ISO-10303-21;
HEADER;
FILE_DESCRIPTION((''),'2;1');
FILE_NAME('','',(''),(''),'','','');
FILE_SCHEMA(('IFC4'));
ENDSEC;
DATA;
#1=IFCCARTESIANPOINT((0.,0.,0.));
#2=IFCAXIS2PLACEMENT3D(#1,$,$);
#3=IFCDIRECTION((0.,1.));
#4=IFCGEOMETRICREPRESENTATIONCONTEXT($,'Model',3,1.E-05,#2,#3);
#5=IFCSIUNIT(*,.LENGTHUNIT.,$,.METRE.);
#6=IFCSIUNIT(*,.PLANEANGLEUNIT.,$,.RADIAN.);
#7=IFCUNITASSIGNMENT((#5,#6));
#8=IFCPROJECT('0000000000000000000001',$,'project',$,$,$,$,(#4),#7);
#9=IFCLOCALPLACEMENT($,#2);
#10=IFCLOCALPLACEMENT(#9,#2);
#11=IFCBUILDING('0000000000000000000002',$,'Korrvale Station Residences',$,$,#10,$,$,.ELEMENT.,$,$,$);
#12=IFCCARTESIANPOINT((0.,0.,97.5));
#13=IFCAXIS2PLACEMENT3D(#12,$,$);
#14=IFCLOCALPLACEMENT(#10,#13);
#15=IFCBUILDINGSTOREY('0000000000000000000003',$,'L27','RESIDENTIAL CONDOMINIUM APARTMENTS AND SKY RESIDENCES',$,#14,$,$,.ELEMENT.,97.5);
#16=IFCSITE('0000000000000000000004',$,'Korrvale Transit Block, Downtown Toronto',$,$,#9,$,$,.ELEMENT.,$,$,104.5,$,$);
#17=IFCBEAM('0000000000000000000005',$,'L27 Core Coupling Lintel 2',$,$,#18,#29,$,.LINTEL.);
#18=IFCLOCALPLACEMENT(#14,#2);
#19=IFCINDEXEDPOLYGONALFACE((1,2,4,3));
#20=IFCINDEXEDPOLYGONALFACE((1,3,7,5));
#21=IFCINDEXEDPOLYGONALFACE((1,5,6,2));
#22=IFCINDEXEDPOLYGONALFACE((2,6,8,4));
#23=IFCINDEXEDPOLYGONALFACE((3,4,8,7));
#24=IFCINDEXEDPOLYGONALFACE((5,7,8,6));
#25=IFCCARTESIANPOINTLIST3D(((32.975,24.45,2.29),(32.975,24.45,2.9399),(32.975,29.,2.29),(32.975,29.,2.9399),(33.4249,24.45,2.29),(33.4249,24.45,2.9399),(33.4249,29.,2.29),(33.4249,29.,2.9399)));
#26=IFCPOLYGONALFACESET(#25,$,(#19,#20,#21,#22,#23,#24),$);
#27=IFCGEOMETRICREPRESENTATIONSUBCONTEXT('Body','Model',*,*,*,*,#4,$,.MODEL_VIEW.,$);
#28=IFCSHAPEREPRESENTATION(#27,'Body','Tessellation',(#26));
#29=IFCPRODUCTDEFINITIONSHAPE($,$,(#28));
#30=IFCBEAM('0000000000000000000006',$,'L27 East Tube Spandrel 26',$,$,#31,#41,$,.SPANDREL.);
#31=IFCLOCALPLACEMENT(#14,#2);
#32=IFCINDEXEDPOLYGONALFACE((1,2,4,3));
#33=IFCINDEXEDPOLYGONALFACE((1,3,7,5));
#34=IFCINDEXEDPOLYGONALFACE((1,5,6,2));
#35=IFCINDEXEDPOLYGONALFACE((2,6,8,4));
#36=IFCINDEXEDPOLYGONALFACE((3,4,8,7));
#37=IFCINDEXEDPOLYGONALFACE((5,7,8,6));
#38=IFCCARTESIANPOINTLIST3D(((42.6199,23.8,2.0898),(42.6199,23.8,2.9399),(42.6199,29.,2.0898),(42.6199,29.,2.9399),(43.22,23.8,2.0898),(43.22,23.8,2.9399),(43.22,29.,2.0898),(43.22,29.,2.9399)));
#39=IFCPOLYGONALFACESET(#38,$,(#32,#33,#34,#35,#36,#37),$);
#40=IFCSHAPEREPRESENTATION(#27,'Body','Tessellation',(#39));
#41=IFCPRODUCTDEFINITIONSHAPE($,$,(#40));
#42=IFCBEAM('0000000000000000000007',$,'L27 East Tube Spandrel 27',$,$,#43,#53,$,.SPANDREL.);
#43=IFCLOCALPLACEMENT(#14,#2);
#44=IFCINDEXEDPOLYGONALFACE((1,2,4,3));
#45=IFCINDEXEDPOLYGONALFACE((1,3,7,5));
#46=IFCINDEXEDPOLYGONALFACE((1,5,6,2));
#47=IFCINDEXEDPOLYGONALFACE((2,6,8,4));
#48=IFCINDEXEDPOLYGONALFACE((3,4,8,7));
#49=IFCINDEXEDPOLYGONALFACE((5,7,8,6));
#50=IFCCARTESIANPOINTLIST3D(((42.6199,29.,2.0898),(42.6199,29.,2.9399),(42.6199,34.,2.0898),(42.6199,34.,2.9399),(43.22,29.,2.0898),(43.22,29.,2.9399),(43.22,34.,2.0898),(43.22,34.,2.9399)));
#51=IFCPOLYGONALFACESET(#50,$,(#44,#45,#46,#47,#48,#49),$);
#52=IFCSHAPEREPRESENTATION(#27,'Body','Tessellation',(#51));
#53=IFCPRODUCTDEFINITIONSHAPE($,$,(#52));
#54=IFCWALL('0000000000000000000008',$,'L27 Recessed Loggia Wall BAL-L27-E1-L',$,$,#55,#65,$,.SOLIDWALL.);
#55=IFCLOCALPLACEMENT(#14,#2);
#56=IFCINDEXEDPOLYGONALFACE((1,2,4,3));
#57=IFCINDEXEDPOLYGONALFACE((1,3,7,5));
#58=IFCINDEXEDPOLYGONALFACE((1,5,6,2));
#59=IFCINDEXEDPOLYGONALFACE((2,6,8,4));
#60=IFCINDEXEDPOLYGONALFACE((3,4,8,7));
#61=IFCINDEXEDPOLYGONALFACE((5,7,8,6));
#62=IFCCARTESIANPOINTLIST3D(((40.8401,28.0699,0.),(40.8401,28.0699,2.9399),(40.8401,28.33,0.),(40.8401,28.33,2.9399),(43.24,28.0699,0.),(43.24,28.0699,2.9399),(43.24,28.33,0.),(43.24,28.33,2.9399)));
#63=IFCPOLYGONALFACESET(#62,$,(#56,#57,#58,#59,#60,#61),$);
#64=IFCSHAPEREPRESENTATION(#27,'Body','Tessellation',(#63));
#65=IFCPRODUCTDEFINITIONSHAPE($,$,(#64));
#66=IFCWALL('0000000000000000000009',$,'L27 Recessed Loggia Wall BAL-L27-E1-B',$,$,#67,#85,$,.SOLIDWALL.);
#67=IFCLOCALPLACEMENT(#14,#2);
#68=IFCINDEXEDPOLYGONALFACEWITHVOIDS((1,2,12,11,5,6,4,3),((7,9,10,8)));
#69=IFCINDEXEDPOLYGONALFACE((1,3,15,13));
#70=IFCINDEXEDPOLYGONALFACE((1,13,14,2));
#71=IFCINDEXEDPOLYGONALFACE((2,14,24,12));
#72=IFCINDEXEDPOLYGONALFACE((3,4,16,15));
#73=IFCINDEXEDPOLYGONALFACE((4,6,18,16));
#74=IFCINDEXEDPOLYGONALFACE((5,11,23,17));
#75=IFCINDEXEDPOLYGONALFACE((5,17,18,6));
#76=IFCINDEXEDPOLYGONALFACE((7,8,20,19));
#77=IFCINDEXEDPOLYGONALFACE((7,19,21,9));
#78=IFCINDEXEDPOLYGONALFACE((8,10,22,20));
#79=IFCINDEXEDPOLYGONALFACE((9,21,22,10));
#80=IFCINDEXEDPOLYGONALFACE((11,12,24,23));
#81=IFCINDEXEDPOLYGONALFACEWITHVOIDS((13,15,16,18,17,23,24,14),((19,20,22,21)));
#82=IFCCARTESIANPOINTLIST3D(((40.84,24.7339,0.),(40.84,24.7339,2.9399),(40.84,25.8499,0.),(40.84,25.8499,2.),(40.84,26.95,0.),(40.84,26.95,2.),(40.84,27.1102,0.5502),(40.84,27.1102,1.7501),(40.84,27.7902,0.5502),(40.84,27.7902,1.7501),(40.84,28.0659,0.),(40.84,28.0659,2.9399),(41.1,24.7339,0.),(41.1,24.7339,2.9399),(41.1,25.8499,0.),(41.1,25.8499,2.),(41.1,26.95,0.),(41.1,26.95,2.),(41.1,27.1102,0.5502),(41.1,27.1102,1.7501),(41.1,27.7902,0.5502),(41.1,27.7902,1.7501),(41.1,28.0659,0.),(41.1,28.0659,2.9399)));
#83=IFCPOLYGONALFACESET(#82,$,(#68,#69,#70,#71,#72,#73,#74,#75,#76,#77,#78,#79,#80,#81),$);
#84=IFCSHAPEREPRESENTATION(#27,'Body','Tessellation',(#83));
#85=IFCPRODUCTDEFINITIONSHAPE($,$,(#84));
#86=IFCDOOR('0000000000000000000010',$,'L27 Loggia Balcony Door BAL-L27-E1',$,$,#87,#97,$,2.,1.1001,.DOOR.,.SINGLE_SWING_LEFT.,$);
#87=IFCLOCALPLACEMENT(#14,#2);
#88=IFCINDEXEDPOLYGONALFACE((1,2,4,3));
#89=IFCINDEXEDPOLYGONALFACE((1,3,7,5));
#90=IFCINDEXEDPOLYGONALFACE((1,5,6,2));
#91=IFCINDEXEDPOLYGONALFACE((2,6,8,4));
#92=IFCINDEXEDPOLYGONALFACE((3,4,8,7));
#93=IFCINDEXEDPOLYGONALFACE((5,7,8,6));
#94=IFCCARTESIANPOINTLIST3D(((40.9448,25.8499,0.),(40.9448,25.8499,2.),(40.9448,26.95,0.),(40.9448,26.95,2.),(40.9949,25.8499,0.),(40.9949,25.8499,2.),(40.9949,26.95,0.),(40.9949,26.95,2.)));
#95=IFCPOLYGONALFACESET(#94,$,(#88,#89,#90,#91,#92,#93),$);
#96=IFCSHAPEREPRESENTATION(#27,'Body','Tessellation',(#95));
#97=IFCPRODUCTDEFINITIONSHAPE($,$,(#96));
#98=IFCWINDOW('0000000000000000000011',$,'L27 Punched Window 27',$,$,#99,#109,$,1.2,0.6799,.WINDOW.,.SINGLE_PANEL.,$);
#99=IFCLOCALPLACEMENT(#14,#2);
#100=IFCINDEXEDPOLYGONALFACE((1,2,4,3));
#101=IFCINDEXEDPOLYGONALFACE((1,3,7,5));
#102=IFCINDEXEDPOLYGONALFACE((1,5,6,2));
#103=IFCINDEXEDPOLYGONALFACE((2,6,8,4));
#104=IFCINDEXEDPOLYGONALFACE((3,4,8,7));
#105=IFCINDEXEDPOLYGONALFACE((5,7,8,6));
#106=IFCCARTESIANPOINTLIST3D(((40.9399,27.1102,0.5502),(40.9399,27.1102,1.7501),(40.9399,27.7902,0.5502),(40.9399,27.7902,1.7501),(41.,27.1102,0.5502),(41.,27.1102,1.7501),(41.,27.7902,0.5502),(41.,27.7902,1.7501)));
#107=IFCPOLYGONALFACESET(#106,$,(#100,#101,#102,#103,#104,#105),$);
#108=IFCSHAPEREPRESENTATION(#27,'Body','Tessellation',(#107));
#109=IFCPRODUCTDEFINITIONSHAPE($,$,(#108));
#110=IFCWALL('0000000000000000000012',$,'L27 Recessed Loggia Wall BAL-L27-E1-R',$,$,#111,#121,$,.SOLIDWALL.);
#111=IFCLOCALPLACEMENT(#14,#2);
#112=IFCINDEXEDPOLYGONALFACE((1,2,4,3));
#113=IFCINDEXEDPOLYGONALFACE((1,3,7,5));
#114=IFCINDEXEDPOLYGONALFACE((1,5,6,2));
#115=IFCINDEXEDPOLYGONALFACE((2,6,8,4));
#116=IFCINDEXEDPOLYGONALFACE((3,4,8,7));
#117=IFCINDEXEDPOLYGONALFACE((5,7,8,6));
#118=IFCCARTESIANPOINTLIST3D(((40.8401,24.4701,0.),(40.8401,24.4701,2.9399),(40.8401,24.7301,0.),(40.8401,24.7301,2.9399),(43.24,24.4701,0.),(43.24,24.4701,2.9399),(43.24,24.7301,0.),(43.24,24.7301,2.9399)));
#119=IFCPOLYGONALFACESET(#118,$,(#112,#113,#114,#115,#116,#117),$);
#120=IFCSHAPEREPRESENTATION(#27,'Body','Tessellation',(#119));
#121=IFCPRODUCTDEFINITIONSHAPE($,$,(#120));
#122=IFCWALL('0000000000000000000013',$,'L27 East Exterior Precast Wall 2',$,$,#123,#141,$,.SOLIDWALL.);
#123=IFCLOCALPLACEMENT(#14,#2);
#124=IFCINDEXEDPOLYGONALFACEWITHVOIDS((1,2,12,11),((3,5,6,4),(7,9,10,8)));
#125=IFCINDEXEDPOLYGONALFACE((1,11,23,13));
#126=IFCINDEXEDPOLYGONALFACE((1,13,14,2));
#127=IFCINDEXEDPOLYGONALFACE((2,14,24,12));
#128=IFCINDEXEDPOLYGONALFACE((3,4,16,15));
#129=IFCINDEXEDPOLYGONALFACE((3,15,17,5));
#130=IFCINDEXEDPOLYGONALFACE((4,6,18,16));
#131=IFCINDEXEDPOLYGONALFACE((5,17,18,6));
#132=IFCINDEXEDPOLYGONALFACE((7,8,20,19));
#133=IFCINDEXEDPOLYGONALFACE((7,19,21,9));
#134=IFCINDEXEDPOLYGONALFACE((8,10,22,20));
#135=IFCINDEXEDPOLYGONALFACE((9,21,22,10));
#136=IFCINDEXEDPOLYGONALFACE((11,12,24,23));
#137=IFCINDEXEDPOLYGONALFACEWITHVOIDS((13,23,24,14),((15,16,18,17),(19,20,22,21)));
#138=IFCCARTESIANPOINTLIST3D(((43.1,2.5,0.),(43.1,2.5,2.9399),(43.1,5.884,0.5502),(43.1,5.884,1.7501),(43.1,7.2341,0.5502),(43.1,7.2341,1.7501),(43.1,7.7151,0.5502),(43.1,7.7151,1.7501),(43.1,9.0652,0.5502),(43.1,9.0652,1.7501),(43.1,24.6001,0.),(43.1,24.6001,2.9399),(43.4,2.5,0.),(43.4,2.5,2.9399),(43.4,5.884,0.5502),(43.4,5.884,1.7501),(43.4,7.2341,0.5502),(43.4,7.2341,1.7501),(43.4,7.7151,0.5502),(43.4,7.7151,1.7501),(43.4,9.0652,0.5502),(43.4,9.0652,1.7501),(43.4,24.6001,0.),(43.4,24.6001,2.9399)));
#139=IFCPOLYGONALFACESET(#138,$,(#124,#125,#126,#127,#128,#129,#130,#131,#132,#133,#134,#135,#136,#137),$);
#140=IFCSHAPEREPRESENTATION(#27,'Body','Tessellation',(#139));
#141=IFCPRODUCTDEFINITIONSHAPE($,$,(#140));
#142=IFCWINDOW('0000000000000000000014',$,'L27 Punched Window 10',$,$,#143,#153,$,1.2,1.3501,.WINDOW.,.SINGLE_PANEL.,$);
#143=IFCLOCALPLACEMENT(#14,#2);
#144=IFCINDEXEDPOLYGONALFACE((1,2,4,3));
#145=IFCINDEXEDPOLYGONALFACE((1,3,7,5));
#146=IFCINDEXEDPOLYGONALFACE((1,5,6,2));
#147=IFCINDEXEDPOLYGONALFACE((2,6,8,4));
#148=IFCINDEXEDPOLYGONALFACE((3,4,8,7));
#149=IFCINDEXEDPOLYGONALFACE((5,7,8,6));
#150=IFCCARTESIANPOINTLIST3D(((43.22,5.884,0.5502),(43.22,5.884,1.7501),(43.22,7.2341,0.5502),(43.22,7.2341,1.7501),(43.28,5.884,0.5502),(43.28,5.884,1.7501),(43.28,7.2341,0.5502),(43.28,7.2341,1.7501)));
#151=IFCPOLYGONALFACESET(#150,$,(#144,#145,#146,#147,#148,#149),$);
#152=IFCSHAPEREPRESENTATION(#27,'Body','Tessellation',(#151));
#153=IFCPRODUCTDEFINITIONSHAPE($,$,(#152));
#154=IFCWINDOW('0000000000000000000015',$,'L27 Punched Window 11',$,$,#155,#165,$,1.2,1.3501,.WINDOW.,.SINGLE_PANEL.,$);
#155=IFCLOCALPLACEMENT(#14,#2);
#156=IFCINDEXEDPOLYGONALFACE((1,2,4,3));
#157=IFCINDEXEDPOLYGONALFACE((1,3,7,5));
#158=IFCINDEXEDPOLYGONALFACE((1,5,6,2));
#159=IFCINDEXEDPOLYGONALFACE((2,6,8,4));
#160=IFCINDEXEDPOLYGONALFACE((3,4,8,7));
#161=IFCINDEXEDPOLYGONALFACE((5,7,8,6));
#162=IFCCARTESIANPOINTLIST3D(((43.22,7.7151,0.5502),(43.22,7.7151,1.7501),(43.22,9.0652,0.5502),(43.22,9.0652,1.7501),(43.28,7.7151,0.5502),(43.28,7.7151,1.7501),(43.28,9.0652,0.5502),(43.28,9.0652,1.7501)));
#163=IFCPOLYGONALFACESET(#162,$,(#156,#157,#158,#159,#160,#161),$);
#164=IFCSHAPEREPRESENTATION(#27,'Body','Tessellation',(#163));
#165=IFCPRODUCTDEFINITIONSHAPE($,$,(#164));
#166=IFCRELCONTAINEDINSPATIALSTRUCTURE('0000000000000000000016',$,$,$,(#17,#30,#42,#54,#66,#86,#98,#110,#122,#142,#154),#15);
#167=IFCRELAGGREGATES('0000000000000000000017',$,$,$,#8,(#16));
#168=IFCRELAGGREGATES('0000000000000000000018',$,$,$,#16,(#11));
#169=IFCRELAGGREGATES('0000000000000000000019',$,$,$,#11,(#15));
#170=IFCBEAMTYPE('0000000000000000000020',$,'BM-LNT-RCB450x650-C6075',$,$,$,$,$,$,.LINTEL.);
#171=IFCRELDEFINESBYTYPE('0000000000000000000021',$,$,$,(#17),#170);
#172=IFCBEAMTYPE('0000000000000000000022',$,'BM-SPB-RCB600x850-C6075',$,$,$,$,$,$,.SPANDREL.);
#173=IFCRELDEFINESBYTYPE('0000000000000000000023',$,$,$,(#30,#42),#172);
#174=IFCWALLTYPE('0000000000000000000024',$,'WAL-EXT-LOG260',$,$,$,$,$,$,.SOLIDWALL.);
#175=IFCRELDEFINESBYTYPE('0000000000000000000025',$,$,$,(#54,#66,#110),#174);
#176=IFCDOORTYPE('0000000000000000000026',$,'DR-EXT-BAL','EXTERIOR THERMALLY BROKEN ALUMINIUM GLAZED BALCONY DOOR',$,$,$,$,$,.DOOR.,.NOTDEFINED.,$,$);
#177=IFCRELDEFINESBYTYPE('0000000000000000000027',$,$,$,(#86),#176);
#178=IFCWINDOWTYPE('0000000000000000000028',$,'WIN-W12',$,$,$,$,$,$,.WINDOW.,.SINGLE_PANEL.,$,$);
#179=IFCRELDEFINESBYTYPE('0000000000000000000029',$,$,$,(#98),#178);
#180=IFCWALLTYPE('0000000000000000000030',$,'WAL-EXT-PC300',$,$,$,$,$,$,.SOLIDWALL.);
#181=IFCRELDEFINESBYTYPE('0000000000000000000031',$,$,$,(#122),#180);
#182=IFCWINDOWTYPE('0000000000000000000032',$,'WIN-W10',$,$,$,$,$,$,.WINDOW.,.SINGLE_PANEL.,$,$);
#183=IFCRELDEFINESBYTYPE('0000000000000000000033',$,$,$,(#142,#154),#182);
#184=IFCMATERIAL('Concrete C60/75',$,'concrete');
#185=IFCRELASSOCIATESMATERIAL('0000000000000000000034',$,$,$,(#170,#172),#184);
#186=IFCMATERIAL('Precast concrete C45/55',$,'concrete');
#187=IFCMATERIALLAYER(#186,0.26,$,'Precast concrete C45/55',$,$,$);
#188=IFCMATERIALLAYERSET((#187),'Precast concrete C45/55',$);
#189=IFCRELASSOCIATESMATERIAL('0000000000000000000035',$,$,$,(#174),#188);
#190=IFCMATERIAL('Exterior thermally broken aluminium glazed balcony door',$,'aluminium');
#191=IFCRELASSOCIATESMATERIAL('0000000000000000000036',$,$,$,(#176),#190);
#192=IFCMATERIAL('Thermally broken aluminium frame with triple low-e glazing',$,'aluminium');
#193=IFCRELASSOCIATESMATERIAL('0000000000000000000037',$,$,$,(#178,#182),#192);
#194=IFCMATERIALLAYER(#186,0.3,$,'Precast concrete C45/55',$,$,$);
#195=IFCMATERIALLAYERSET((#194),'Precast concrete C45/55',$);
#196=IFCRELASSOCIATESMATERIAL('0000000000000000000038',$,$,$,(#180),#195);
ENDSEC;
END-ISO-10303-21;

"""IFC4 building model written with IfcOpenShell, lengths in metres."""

from ifc_helpers import new_model, si_unit, direction, frame, frame_2d, origin, origin_2d, place, context, subcontext, project, spatial, rectangle, extrude, material, layer, layer_set, material_profile, profile_set, type_object, element, fill, save


model = new_model("IFC4")

# Units and contexts
model_context = context("Model", 3, precision=1e-05, world=origin(), true_north=direction((0.0, 1.0)))
body_context = subcontext(model_context, "Body", "Model", "MODEL_VIEW")
ifc_project = project(units=[si_unit("LENGTHUNIT", "METRE"), si_unit("PLANEANGLEUNIT", "RADIAN")], contexts=[model_context])

# Site, building, storey
site_placement = place(None, origin())
site = spatial("IfcSite", under=ifc_project, at=site_placement, Name="Korrvale Transit Block, Downtown Toronto", CompositionType="ELEMENT", RefElevation=104.5)
building_placement = place(site_placement, origin())
building = spatial("IfcBuilding", under=site, at=building_placement, Name="Korrvale Station Residences", CompositionType="ELEMENT")
storey_placement = place(building_placement, frame((0.0, 0.0, 97.5)))
storey = spatial("IfcBuildingStorey", under=building, at=storey_placement, Name="L27", Description="RESIDENTIAL CONDOMINIUM APARTMENTS AND SKY RESIDENCES", CompositionType="ELEMENT", Elevation=97.5)

# Shared definitions
ifc_material_1 = material(Name="Concrete C60/75", Category="concrete")

# Beams
ifc_material_profile_1 = material_profile(ifc_material_1, rectangle(XDim=0.45, YDim=0.6499, at=origin_2d()), Name="RCB450x650")
ifc_profile_set_1 = profile_set([ifc_material_profile_1], Name="Concrete C60/75")
beam_type_1 = type_object("IfcBeamType", Name="BM-LNT-RCB450x650-C6075", PredefinedType="LINTEL", material=ifc_profile_set_1)
beam_1_placement = place(storey_placement, frame((33.2, 24.45, 2.615), z_axis=(0.0, 1.0, 0.0), x_axis=(-1.0, 0.0, 0.0)))
element("IfcBeam", 1, at=beam_1_placement, inside=storey, type_object=beam_type_1, Name="L27 Core Coupling Lintel 2", PredefinedType="LINTEL", context=body_context, shape_type="SweptSolid", body=[
    extrude(rectangle(XDim=0.45, YDim=0.6499, at=origin_2d()), origin(), (0.0, 0.0, 1.0), 4.55),
])
ifc_material_profile_2 = material_profile(ifc_material_1, rectangle(XDim=0.6001, YDim=0.8501, at=origin_2d()), Name="RCB600x850")
ifc_profile_set_2 = profile_set([ifc_material_profile_2], Name="Concrete C60/75")
beam_type_2 = type_object("IfcBeamType", Name="BM-SPB-RCB600x850-C6075", PredefinedType="SPANDREL", material=ifc_profile_set_2)
beam_2_placement = place(storey_placement, frame((42.9199, 23.8, 2.5149), z_axis=(0.0, 1.0, 0.0), x_axis=(-1.0, 0.0, 0.0)))
element("IfcBeam", 2, at=beam_2_placement, inside=storey, type_object=beam_type_2, Name="L27 East Tube Spandrel 26", PredefinedType="SPANDREL", context=body_context, shape_type="SweptSolid", body=[
    extrude(rectangle(XDim=0.6001, YDim=0.8501, at=origin_2d()), origin(), (0.0, 0.0, 1.0), 5.2),
])
beam_3_placement = place(storey_placement, frame((42.9199, 29.0, 2.5149), z_axis=(0.0, 1.0, 0.0), x_axis=(-1.0, 0.0, 0.0)))
element("IfcBeam", 3, at=beam_3_placement, inside=storey, type_object=beam_type_2, Name="L27 East Tube Spandrel 27", PredefinedType="SPANDREL", context=body_context, shape_type="SweptSolid", body=[
    extrude(rectangle(XDim=0.6001, YDim=0.8501, at=origin_2d()), origin(), (0.0, 0.0, 1.0), 5.0),
])

# Wall
ifc_material_2 = material(Name="Precast concrete C45/55", Category="concrete")
ifc_layer_1 = layer(ifc_material_2, 0.26, Name="Precast concrete C45/55")
ifc_layer_set_1 = layer_set([ifc_layer_1], Name="Precast concrete C45/55")
wall_type_1 = type_object("IfcWallType", Name="WAL-EXT-LOG260", PredefinedType="SOLIDWALL", material=ifc_layer_set_1)
wall_1_placement = place(storey_placement, frame((43.24, 28.2, 0.0), z_axis=(0.0, 0.0, 1.0), x_axis=(-1.0, 0.0, 0.0)))
element("IfcWall", 4, at=wall_1_placement, inside=storey, type_object=wall_type_1, Name="L27 Recessed Loggia Wall BAL-L27-E1-L", PredefinedType="SOLIDWALL", context=body_context, shape_type="SweptSolid", body=[
    extrude(rectangle(XDim=2.3999, YDim=0.26, at=frame_2d((1.2, 0.0))), origin(), (0.0, 0.0, 1.0), 2.9399),
])

# Wall, openings, door, window
wall_2_placement = place(storey_placement, frame((40.97, 28.0659, 0.0), z_axis=(0.0, 0.0, 1.0), x_axis=(0.0, -1.0, 0.0)))
wall_2 = element("IfcWall", 5, at=wall_2_placement, inside=storey, type_object=wall_type_1, Name="L27 Recessed Loggia Wall BAL-L27-E1-B", PredefinedType="SOLIDWALL", context=body_context, shape_type="SweptSolid", body=[
    extrude(rectangle(XDim=3.332, YDim=0.26, at=frame_2d((1.666, 0.0))), origin(), (0.0, 0.0, 1.0), 2.9399),
])
opening_1_placement = place(wall_2_placement, frame((1.116, 0.0, 0.0)))
opening_1 = element("IfcOpeningElement", 6, at=opening_1_placement, cuts=wall_2, PredefinedType="OPENING", context=body_context, shape_type="SweptSolid", body=[
    extrude(rectangle(XDim=1.1001, YDim=2.0, at=frame_2d((0.55, 1.0))), frame((0.0, 0.1401, 0.0), z_axis=(0.0, -1.0, 0.0), x_axis=(1.0, 0.0, 0.0)), (0.0, 0.0, 1.0), 0.28),
])
opening_2_placement = place(wall_2_placement, frame((0.2759, 0.0, 0.55)))
opening_2 = element("IfcOpeningElement", 7, at=opening_2_placement, cuts=wall_2, PredefinedType="OPENING", context=body_context, shape_type="SweptSolid", body=[
    extrude(rectangle(XDim=0.6799, YDim=1.2, at=frame_2d((0.3398, 0.6001))), frame((0.0, 0.1401, 0.0), z_axis=(0.0, -1.0, 0.0), x_axis=(1.0, 0.0, 0.0)), (0.0, 0.0, 1.0), 0.28),
])
ifc_material_3 = material(Name="Exterior thermally broken aluminium glazed balcony door", Category="aluminium")
door_type_1 = type_object("IfcDoorType", Name="DR-EXT-BAL", Description="EXTERIOR THERMALLY BROKEN ALUMINIUM GLAZED BALCONY DOOR", OperationType="NOTDEFINED", PredefinedType="DOOR", material=ifc_material_3)
door_1_placement = place(opening_1_placement, origin())
door_1 = element("IfcDoor", 8, at=door_1_placement, inside=storey, type_object=door_type_1, Name="L27 Loggia Balcony Door BAL-L27-E1", OperationType="SINGLE_SWING_LEFT", OverallHeight=2.0, OverallWidth=1.1001, PredefinedType="DOOR", context=body_context, shape_type="SweptSolid", body=[
    extrude(rectangle(XDim=1.1001, YDim=2.0, at=frame_2d((0.55, 1.0))), frame((0.0, 0.0249, 0.0), z_axis=(0.0, -1.0, 0.0), x_axis=(1.0, 0.0, 0.0)), (0.0, 0.0, 1.0), 0.05),
])
fill(opening_1, door_1)
ifc_material_4 = material(Name="Thermally broken aluminium frame with triple low-e glazing", Category="aluminium")
window_type_1 = type_object("IfcWindowType", Name="WIN-W12", PartitioningType="SINGLE_PANEL", PredefinedType="WINDOW", material=ifc_material_4)
window_1_placement = place(opening_2_placement, origin())
window_1 = element("IfcWindow", 9, at=window_1_placement, inside=storey, type_object=window_type_1, Name="L27 Punched Window 27", OverallHeight=1.2, OverallWidth=0.6799, PartitioningType="SINGLE_PANEL", PredefinedType="WINDOW", context=body_context, shape_type="SweptSolid", body=[
    extrude(rectangle(XDim=0.6799, YDim=1.2, at=frame_2d((0.3398, 0.6001))), frame((0.0, 0.03, 0.0), z_axis=(0.0, -1.0, 0.0), x_axis=(1.0, 0.0, 0.0)), (0.0, 0.0, 1.0), 0.0601),
])
fill(opening_2, window_1)

# Wall
wall_3_placement = place(storey_placement, frame((40.8401, 24.6001, 0.0), z_axis=(0.0, 0.0, 1.0), x_axis=(1.0, 0.0, 0.0)))
element("IfcWall", 10, at=wall_3_placement, inside=storey, type_object=wall_type_1, Name="L27 Recessed Loggia Wall BAL-L27-E1-R", PredefinedType="SOLIDWALL", context=body_context, shape_type="SweptSolid", body=[
    extrude(rectangle(XDim=2.3999, YDim=0.26, at=frame_2d((1.2, 0.0))), origin(), (0.0, 0.0, 1.0), 2.9399),
])

# Wall, openings, windows
ifc_layer_2 = layer(ifc_material_2, 0.3, Name="Precast concrete C45/55")
ifc_layer_set_2 = layer_set([ifc_layer_2], Name="Precast concrete C45/55")
wall_type_2 = type_object("IfcWallType", Name="WAL-EXT-PC300", PredefinedType="SOLIDWALL", material=ifc_layer_set_2)
wall_4_placement = place(storey_placement, frame((43.25, 24.6001, 0.0), z_axis=(0.0, 0.0, 1.0), x_axis=(0.0, -1.0, 0.0)))
wall_4 = element("IfcWall", 11, at=wall_4_placement, inside=storey, type_object=wall_type_2, Name="L27 East Exterior Precast Wall 2", PredefinedType="SOLIDWALL", context=body_context, shape_type="SweptSolid", body=[
    extrude(rectangle(XDim=22.1001, YDim=0.3, at=frame_2d((11.05, 0.0))), origin(), (0.0, 0.0, 1.0), 2.9399),
])
opening_3_placement = place(wall_4_placement, frame((17.366, 0.0, 0.55)))
opening_3 = element("IfcOpeningElement", 12, at=opening_3_placement, cuts=wall_4, PredefinedType="OPENING", context=body_context, shape_type="SweptSolid", body=[
    extrude(rectangle(XDim=1.3501, YDim=1.2, at=frame_2d((0.675, 0.6001))), frame((0.0, 0.1602, 0.0), z_axis=(0.0, -1.0, 0.0), x_axis=(1.0, 0.0, 0.0)), (0.0, 0.0, 1.0), 0.3201),
])
opening_4_placement = place(wall_4_placement, frame((15.5349, 0.0, 0.55)))
opening_4 = element("IfcOpeningElement", 13, at=opening_4_placement, cuts=wall_4, PredefinedType="OPENING", context=body_context, shape_type="SweptSolid", body=[
    extrude(rectangle(XDim=1.3501, YDim=1.2, at=frame_2d((0.675, 0.6001))), frame((0.0, 0.1602, 0.0), z_axis=(0.0, -1.0, 0.0), x_axis=(1.0, 0.0, 0.0)), (0.0, 0.0, 1.0), 0.3201),
])
window_type_2 = type_object("IfcWindowType", Name="WIN-W10", PartitioningType="SINGLE_PANEL", PredefinedType="WINDOW", material=ifc_material_4)
window_2_placement = place(opening_3_placement, origin())
window_2 = element("IfcWindow", 14, at=window_2_placement, inside=storey, type_object=window_type_2, Name="L27 Punched Window 10", OverallHeight=1.2, OverallWidth=1.3501, PartitioningType="SINGLE_PANEL", PredefinedType="WINDOW", context=body_context, shape_type="SweptSolid", body=[
    extrude(rectangle(XDim=1.3501, YDim=1.2, at=frame_2d((0.675, 0.6001))), frame((0.0, 0.03, 0.0), z_axis=(0.0, -1.0, 0.0), x_axis=(1.0, 0.0, 0.0)), (0.0, 0.0, 1.0), 0.0601),
])
fill(opening_3, window_2)
window_3_placement = place(opening_4_placement, origin())
window_3 = element("IfcWindow", 15, at=window_3_placement, inside=storey, type_object=window_type_2, Name="L27 Punched Window 11", OverallHeight=1.2, OverallWidth=1.3501, PartitioningType="SINGLE_PANEL", PredefinedType="WINDOW", context=body_context, shape_type="SweptSolid", body=[
    extrude(rectangle(XDim=1.3501, YDim=1.2, at=frame_2d((0.675, 0.6001))), frame((0.0, 0.03, 0.0), z_axis=(0.0, -1.0, 0.0), x_axis=(1.0, 0.0, 0.0)), (0.0, 0.0, 1.0), 0.0601),
])
fill(opening_4, window_3)

save(model, "model.ifc")
